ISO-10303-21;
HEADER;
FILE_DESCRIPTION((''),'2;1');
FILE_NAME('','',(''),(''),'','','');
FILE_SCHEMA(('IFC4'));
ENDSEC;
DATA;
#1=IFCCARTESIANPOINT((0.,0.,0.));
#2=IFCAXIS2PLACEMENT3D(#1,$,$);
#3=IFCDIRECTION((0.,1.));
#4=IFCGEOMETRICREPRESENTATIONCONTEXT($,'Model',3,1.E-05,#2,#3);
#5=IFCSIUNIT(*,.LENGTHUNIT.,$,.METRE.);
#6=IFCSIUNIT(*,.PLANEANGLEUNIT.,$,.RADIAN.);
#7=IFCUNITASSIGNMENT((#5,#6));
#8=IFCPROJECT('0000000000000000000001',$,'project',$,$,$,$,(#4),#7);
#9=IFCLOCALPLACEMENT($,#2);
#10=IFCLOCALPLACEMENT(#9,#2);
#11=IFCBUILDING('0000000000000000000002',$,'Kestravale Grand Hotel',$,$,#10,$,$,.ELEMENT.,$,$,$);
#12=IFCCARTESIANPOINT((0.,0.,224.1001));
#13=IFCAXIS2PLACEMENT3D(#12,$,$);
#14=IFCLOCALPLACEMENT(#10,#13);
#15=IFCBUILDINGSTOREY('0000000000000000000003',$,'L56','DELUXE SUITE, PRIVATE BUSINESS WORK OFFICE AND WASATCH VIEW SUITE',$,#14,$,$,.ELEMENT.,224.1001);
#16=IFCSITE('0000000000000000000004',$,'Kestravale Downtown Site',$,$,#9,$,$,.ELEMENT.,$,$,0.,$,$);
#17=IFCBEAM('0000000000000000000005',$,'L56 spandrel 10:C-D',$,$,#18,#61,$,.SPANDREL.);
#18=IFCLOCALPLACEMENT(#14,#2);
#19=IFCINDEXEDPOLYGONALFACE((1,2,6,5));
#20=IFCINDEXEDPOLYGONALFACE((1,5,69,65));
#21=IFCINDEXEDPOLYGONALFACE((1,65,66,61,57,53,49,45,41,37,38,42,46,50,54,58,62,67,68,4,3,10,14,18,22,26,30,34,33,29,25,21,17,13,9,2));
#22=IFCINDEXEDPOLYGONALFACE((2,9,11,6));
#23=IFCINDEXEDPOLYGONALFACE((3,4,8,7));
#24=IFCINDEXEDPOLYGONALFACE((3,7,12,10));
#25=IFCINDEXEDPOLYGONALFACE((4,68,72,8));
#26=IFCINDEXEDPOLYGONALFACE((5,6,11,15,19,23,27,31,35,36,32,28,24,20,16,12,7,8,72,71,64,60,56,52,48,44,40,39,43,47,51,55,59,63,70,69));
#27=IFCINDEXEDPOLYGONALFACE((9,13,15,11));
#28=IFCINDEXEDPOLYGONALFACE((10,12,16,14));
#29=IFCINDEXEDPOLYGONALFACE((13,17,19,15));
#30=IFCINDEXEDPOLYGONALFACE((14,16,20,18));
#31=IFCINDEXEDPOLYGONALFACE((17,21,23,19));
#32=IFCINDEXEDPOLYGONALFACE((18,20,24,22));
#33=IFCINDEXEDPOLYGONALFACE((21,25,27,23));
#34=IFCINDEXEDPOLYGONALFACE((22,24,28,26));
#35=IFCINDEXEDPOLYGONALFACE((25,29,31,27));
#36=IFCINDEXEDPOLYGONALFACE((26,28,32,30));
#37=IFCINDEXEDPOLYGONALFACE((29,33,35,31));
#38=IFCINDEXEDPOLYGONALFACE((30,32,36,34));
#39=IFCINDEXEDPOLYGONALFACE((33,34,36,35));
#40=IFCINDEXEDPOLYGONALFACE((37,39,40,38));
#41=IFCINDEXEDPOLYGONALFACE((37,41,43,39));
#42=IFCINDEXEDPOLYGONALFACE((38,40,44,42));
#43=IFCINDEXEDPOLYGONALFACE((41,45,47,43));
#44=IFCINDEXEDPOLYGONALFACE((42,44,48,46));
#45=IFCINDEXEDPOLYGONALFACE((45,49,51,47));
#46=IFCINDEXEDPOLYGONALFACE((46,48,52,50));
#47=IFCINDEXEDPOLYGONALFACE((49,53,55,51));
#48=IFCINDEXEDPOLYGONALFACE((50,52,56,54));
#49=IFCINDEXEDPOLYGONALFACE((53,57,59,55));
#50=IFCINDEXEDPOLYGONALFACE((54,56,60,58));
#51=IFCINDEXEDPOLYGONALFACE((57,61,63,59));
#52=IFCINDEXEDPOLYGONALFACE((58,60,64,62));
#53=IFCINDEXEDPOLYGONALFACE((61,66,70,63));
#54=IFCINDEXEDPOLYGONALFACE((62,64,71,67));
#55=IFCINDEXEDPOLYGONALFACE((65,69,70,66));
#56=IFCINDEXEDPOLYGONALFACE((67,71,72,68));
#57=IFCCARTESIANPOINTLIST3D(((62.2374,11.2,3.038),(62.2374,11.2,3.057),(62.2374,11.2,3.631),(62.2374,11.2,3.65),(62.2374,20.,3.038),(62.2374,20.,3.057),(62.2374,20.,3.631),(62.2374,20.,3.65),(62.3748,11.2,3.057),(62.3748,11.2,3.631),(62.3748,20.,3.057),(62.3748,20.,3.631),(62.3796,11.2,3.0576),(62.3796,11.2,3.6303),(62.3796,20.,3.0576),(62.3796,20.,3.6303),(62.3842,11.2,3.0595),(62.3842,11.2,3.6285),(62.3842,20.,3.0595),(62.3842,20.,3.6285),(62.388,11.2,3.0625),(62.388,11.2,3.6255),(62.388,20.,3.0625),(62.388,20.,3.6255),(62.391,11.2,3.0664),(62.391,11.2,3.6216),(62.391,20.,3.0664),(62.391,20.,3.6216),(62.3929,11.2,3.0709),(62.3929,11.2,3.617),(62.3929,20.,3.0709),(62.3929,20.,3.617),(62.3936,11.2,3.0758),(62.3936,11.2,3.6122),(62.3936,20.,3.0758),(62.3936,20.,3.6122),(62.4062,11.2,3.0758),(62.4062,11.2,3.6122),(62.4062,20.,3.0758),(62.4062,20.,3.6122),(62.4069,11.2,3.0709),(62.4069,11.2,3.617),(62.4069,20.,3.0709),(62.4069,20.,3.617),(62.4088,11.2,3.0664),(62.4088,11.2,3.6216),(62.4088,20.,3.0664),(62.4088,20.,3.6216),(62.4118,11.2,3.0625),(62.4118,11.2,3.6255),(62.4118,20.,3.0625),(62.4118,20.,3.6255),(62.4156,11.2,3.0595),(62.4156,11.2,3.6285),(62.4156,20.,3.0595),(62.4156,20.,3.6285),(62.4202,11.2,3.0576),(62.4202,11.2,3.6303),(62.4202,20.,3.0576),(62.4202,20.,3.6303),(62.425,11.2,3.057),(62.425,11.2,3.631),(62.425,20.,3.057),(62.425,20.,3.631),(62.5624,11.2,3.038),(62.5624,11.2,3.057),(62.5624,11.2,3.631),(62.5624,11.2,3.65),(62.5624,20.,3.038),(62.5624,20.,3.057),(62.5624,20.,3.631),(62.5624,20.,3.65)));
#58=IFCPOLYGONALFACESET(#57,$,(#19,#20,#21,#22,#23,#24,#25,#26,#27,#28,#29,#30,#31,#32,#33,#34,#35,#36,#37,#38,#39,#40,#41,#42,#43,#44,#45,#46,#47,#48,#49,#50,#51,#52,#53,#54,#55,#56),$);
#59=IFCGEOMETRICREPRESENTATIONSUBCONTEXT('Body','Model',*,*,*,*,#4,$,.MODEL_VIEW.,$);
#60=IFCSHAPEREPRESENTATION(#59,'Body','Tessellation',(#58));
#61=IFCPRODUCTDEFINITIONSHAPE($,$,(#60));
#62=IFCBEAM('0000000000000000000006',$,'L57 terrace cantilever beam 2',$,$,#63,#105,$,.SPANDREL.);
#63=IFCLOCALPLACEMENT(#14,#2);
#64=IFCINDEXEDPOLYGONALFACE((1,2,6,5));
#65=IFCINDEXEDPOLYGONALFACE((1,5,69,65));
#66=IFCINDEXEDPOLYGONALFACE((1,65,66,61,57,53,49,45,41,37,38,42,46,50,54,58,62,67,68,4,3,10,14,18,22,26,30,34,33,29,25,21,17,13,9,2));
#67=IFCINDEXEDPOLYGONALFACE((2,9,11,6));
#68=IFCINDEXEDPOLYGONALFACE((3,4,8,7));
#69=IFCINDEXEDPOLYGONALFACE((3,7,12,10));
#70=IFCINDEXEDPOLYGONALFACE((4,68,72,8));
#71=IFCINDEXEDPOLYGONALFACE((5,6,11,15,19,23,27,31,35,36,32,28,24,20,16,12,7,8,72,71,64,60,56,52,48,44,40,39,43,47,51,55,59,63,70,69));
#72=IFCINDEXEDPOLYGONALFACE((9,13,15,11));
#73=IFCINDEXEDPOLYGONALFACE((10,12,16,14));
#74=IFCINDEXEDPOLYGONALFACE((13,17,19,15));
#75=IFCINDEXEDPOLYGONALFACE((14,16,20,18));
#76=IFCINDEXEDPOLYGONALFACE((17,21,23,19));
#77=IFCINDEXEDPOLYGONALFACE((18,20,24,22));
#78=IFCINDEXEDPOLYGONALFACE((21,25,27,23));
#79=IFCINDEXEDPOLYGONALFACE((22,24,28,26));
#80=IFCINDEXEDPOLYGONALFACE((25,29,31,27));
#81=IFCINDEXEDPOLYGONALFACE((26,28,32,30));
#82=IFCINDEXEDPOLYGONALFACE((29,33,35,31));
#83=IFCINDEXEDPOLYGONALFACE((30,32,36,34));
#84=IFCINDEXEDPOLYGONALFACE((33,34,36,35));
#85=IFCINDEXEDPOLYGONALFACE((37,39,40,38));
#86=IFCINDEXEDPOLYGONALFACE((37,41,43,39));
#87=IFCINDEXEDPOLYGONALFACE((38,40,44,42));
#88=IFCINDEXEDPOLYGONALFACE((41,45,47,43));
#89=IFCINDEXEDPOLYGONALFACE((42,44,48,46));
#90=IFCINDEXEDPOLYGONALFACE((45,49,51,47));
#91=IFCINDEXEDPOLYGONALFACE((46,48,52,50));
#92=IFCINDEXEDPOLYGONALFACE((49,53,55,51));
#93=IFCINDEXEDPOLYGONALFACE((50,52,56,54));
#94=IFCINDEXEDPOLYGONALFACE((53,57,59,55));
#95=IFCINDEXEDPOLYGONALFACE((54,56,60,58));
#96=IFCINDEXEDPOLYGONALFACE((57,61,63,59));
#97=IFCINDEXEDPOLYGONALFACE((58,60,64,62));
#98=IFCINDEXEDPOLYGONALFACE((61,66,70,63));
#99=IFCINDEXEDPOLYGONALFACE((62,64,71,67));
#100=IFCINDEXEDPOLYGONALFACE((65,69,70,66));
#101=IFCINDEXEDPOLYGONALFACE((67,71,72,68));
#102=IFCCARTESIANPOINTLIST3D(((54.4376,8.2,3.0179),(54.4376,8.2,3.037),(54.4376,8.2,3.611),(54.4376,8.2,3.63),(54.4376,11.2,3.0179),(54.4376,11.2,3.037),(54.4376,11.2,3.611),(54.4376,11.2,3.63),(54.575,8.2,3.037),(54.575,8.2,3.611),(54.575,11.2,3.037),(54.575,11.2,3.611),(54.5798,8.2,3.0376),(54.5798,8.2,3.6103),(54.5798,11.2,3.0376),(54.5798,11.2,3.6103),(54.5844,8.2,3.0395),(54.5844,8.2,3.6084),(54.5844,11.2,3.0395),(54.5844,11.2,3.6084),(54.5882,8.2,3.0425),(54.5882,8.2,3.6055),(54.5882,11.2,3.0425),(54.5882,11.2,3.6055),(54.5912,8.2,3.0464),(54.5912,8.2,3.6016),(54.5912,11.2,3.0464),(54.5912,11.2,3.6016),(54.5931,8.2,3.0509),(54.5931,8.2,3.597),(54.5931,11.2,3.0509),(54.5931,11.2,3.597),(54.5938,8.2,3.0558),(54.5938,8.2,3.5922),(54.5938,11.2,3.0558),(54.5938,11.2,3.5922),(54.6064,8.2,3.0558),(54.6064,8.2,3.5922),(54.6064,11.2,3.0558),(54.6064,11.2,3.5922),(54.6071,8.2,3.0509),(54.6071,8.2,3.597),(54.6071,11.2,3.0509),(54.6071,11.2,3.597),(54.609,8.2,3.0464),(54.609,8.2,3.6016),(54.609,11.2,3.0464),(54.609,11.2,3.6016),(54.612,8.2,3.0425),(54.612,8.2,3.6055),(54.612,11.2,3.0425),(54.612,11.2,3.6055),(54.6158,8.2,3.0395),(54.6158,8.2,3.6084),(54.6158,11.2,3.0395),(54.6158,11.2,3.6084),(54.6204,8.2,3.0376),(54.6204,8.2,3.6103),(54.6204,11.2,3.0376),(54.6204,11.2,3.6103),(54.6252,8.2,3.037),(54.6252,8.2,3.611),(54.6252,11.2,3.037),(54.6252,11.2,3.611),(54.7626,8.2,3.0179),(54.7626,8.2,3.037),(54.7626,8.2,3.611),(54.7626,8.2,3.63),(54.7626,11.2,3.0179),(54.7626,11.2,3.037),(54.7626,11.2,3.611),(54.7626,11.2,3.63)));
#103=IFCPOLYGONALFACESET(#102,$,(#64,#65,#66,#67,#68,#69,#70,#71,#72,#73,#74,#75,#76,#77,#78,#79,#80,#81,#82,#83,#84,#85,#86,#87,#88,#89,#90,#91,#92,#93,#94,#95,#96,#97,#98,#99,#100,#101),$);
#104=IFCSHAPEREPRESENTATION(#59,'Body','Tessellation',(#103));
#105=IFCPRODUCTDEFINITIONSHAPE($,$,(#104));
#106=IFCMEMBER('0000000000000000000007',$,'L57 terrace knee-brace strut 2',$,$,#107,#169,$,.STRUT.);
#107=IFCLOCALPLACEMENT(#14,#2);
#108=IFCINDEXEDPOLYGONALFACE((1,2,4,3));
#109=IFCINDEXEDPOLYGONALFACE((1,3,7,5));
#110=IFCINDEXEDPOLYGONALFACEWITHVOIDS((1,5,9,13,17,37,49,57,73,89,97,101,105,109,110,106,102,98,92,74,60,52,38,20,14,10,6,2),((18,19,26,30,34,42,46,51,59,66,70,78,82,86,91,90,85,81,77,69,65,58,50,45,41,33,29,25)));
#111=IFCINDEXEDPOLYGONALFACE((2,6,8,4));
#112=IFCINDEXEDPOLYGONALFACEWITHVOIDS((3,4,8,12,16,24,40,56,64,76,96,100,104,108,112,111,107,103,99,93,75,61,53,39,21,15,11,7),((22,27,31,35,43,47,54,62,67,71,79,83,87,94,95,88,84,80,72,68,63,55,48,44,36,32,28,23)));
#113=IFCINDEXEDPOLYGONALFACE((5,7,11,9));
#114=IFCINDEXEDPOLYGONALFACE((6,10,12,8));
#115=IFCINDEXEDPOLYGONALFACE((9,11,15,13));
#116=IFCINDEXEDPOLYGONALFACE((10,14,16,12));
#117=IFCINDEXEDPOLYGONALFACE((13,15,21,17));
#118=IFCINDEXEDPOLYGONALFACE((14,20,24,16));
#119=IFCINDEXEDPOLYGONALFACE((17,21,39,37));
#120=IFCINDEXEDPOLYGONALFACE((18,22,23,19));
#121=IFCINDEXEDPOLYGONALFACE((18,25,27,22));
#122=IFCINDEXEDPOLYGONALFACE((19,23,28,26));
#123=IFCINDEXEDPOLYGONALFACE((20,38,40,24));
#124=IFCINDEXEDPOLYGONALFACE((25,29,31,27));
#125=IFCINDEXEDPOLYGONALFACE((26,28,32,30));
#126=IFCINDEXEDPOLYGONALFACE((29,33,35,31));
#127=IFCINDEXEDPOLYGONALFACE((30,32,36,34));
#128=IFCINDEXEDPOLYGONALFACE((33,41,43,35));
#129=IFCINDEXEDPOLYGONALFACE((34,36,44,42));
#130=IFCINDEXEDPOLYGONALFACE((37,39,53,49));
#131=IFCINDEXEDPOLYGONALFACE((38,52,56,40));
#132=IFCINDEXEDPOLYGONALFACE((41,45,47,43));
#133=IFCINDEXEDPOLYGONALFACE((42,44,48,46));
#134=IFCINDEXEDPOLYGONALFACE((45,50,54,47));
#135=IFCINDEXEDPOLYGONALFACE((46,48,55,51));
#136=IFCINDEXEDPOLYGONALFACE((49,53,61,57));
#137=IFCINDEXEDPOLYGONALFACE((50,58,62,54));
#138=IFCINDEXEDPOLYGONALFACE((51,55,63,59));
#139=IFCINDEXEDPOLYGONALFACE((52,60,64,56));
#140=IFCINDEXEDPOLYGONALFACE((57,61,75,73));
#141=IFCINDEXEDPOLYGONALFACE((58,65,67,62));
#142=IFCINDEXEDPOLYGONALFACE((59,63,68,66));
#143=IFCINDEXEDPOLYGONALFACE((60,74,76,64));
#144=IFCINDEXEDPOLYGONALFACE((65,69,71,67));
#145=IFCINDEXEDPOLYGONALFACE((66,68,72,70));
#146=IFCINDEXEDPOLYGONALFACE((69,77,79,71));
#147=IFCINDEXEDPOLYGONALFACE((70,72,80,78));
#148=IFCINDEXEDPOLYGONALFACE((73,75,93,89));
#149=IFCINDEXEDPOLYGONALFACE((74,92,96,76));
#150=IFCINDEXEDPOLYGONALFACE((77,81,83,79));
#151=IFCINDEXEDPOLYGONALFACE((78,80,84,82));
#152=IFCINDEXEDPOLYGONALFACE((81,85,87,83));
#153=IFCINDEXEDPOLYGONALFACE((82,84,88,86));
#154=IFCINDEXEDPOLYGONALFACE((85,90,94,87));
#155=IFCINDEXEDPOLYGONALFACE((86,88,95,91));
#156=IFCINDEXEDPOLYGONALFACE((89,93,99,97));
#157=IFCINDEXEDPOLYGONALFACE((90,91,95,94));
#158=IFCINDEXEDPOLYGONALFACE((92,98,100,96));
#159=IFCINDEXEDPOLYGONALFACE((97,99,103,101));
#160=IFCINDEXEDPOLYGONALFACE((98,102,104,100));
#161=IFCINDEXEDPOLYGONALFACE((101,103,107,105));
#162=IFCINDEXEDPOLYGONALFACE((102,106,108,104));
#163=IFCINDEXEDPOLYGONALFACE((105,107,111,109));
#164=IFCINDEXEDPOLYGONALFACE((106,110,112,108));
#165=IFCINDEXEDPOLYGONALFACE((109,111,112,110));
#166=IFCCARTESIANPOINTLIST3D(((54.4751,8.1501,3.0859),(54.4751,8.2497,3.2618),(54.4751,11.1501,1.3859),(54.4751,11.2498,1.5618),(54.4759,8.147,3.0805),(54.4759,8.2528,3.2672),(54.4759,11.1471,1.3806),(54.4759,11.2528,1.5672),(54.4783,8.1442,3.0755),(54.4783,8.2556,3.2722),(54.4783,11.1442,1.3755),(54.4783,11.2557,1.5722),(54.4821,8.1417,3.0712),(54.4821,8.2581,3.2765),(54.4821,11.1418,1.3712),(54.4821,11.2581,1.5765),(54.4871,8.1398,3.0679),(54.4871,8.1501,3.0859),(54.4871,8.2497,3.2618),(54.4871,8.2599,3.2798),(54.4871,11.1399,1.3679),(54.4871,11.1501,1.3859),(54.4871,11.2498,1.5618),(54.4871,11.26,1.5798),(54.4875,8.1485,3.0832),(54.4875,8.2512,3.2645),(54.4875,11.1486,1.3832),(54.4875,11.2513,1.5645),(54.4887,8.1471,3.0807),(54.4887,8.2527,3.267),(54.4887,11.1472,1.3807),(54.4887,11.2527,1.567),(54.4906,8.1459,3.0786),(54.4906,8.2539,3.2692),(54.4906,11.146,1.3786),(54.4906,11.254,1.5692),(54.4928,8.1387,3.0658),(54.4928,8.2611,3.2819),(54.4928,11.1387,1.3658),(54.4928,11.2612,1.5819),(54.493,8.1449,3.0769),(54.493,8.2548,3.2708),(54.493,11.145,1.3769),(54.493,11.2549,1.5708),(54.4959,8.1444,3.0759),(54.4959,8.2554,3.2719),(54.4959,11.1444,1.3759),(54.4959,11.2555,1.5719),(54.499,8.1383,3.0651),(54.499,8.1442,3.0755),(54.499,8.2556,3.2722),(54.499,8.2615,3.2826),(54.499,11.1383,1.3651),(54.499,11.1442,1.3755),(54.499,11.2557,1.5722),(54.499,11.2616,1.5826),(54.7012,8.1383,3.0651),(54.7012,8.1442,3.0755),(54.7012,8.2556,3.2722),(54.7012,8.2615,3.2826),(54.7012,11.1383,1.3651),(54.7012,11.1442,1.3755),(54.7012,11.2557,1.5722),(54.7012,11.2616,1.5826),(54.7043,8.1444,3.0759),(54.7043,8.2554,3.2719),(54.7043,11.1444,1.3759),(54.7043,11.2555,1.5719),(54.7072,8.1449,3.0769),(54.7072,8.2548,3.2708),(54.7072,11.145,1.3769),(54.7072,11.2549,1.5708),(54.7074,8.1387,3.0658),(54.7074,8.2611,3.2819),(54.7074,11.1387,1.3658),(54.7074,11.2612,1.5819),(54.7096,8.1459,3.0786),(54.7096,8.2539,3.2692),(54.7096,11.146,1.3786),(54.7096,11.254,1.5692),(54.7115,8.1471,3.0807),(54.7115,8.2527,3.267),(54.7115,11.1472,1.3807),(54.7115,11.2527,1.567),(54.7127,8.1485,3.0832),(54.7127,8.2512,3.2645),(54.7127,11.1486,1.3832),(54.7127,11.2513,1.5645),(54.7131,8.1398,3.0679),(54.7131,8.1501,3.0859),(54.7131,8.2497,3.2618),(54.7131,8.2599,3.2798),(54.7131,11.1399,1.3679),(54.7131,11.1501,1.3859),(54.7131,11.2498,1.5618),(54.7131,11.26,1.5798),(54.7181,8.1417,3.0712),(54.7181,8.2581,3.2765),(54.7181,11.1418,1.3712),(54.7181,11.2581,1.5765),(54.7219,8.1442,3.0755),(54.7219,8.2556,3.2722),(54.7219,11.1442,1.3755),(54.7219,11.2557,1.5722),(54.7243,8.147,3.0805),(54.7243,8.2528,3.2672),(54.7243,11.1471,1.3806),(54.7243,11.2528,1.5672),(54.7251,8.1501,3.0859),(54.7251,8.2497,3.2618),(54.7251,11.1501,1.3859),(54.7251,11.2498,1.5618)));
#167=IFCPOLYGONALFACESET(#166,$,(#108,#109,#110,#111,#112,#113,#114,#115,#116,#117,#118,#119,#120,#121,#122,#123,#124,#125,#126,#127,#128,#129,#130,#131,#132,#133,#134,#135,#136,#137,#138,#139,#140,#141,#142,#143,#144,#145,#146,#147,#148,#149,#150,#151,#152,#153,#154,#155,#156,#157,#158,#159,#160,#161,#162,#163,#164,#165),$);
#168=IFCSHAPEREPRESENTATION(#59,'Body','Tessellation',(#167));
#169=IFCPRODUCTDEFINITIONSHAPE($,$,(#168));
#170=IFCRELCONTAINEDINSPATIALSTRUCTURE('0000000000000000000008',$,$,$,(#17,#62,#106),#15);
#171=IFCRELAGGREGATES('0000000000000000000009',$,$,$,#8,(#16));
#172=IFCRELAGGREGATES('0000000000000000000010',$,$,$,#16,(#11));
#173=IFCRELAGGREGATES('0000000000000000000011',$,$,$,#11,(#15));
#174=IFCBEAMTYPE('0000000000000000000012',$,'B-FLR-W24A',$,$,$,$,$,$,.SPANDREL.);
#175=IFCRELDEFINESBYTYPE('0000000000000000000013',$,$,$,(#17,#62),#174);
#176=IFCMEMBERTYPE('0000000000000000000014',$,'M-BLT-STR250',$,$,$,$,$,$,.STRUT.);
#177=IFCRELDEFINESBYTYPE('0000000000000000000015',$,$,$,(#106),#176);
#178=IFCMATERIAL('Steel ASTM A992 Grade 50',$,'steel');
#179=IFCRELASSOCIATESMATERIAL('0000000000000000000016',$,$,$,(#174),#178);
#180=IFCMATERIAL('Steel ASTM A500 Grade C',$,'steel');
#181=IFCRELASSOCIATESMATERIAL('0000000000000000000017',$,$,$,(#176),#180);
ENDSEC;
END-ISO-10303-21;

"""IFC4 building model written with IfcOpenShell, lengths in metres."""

from ifc_helpers import new_model, si_unit, direction, frame, origin, origin_2d, place, context, subcontext, project, spatial, hollow_rectangle, i_section, extrude, material, material_profile, profile_set, type_object, element, save


model = new_model("IFC4")

# Units and contexts
model_context = context("Model", 3, precision=1e-05, world=origin(), true_north=direction((0.0, 1.0)))
body_context = subcontext(model_context, "Body", "Model", "MODEL_VIEW")
ifc_project = project(units=[si_unit("LENGTHUNIT", "METRE"), si_unit("PLANEANGLEUNIT", "RADIAN")], contexts=[model_context])

# Site, building, storey
site_placement = place(None, origin())
site = spatial("IfcSite", under=ifc_project, at=site_placement, Name="Kestravale Downtown Site", CompositionType="ELEMENT", RefElevation=0.0)
building_placement = place(site_placement, origin())
building = spatial("IfcBuilding", under=site, at=building_placement, Name="Kestravale Grand Hotel", CompositionType="ELEMENT")
storey_placement = place(building_placement, frame((0.0, 0.0, 224.1001)))
storey = spatial("IfcBuildingStorey", under=building, at=storey_placement, Name="L56", Description="DELUXE SUITE, PRIVATE BUSINESS WORK OFFICE AND WASATCH VIEW SUITE", CompositionType="ELEMENT", Elevation=224.1001)

# Beams
ifc_material_1 = material(Name="Steel ASTM A992 Grade 50", Category="steel")
ifc_material_profile_1 = material_profile(ifc_material_1, i_section(OverallWidth=0.325, OverallDepth=0.6121, WebThickness=0.0127, FlangeThickness=0.019, FilletRadius=0.0188, at=origin_2d()))
ifc_profile_set_1 = profile_set([ifc_material_profile_1], Name="Steel ASTM A992 Grade 50")
beam_type_1 = type_object("IfcBeamType", Name="B-FLR-W24A", PredefinedType="SPANDREL", material=ifc_profile_set_1)
for number, where, z_axis, x_axis, name in (
    (1, (62.3999, 11.2, 3.344), (0.0, 1.0, 0.0), (-1.0, 0.0, 0.0), "L56 spandrel 10:C-D"),
):
    element("IfcBeam", number, at=place(storey_placement, frame(where, z_axis=z_axis, x_axis=x_axis)), inside=storey, type_object=beam_type_1, Name=name, PredefinedType="SPANDREL", context=body_context, shape_type="SweptSolid", body=[
        extrude(i_section(OverallWidth=0.325, OverallDepth=0.6121, WebThickness=0.0127, FlangeThickness=0.019, FilletRadius=0.0188, at=origin_2d()), origin(), (0.0, 0.0, 1.0), 8.8),
    ])
beam_1_placement = place(storey_placement, frame((54.6001, 11.2, 3.324), z_axis=(0.0, -1.0, 0.0), x_axis=(1.0, 0.0, 0.0)))
element("IfcBeam", 2, at=beam_1_placement, inside=storey, type_object=beam_type_1, Name="L57 terrace cantilever beam 2", PredefinedType="SPANDREL", context=body_context, shape_type="SweptSolid", body=[
    extrude(i_section(OverallWidth=0.325, OverallDepth=0.6121, WebThickness=0.0127, FlangeThickness=0.019, FilletRadius=0.0188, at=origin_2d()), origin(), (0.0, 0.0, 1.0), 3.0),
])

# Member
ifc_material_2 = material(Name="Steel ASTM A500 Grade C", Category="steel")
ifc_material_profile_2 = material_profile(ifc_material_2, hollow_rectangle(XDim=0.25, YDim=0.25, WallThickness=0.012, InnerFilletRadius=0.012, OuterFilletRadius=0.0239, at=origin_2d()))
ifc_profile_set_2 = profile_set([ifc_material_profile_2], Name="Steel ASTM A500 Grade C")
member_type = type_object("IfcMemberType", Name="M-BLT-STR250", PredefinedType="STRUT", material=ifc_profile_set_2)
member_placement = place(storey_placement, frame((54.6001, 11.2, 1.4739), z_axis=(0.0, -0.870028, 0.493002), x_axis=(1.0, 0.0, 0.0)))
element("IfcMember", 3, at=member_placement, inside=storey, type_object=member_type, Name="L57 terrace knee-brace strut 2", PredefinedType="STRUT", context=body_context, shape_type="SweptSolid", body=[
    extrude(hollow_rectangle(XDim=0.25, YDim=0.25, WallThickness=0.012, InnerFilletRadius=0.012, OuterFilletRadius=0.0239, at=origin_2d()), origin(), (0.0, 0.0, 1.0), 3.4482),
])

save(model, "model.ifc")
